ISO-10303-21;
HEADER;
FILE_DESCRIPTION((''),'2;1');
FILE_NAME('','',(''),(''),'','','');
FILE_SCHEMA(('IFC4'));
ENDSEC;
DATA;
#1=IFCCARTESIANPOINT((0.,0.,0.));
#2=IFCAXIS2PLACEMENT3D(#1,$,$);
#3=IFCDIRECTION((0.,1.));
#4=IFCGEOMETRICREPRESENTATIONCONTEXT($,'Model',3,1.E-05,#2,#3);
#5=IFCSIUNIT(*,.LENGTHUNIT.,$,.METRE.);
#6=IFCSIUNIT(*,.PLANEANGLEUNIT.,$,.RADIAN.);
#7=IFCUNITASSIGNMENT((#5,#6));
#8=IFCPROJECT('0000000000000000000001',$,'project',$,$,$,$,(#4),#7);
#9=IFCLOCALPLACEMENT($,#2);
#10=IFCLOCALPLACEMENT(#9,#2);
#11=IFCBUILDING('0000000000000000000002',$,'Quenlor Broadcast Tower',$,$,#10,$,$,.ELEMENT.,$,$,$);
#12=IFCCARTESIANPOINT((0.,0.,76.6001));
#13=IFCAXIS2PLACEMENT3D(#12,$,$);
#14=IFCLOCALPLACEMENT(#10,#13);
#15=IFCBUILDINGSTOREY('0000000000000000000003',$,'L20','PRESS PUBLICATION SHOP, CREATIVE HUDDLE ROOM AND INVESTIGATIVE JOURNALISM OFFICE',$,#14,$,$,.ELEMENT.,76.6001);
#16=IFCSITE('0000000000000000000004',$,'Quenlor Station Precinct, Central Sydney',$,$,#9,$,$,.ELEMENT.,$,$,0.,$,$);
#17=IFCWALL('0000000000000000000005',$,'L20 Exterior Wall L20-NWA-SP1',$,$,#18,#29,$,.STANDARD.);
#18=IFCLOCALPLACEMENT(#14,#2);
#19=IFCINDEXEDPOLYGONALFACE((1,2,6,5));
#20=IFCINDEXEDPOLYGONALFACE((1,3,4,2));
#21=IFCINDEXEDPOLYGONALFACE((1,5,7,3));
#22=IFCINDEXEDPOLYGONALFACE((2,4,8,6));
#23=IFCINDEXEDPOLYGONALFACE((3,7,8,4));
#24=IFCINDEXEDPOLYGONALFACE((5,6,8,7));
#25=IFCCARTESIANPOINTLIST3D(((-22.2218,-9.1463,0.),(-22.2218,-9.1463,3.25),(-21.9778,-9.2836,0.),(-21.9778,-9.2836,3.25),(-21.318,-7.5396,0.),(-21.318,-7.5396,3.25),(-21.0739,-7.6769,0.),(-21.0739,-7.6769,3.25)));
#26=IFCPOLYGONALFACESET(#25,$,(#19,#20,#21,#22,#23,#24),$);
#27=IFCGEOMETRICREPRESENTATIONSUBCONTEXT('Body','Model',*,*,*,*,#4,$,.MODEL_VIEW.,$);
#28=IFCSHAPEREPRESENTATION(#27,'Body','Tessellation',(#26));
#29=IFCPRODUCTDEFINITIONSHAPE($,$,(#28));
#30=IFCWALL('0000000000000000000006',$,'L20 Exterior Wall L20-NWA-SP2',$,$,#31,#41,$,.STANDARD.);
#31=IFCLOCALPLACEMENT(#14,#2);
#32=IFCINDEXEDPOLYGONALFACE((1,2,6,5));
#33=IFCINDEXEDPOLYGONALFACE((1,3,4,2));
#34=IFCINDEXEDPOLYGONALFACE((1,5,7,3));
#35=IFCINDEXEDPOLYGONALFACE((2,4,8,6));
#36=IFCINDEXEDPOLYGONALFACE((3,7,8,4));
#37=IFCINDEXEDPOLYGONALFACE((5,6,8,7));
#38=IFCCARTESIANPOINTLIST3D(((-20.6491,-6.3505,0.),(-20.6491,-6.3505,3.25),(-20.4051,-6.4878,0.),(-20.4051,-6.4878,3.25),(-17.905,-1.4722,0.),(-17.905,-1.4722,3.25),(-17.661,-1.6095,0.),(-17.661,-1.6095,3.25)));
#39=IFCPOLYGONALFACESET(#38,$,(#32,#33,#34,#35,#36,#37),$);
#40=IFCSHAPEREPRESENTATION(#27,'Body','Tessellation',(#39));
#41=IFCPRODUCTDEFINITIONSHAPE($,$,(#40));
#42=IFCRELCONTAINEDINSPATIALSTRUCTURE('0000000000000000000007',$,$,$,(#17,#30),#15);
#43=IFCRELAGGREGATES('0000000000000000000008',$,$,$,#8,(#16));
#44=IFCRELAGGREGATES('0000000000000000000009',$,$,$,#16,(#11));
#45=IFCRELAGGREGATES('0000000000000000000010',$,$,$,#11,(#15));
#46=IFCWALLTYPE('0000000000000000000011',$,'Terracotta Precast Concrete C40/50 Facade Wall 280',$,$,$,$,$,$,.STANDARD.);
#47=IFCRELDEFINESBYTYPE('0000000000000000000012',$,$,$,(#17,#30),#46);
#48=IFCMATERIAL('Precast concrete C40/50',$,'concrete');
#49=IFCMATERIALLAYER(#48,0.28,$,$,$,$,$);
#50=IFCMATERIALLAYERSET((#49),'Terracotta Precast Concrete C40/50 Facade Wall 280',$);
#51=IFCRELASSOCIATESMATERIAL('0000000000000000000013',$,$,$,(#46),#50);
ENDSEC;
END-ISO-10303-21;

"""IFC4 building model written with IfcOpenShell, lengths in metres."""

from ifc_helpers import new_model, si_unit, direction, frame, frame_2d, origin, place, context, subcontext, project, spatial, rectangle, extrude, material, layer, layer_set, type_object, element, save


model = new_model("IFC4")

# Units and contexts
model_context = context("Model", 3, precision=1e-05, world=origin(), true_north=direction((0.0, 1.0)))
body_context = subcontext(model_context, "Body", "Model", "MODEL_VIEW")
ifc_project = project(units=[si_unit("LENGTHUNIT", "METRE"), si_unit("PLANEANGLEUNIT", "RADIAN")], contexts=[model_context])

# Site, building, storey
site_placement = place(None, origin())
site = spatial("IfcSite", under=ifc_project, at=site_placement, Name="Quenlor Station Precinct, Central Sydney", CompositionType="ELEMENT", RefElevation=0.0)
building_placement = place(site_placement, origin())
building = spatial("IfcBuilding", under=site, at=building_placement, Name="Quenlor Broadcast Tower", CompositionType="ELEMENT")
storey_placement = place(building_placement, frame((0.0, 0.0, 76.6001)))
storey = spatial("IfcBuildingStorey", under=building, at=storey_placement, Name="L20", Description="PRESS PUBLICATION SHOP, CREATIVE HUDDLE ROOM AND INVESTIGATIVE JOURNALISM OFFICE", CompositionType="ELEMENT", Elevation=76.6001)

# Walls
ifc_material_1 = material(Name="Precast concrete C40/50", Category="concrete")
ifc_layer_1 = layer(ifc_material_1, 0.28)
ifc_layer_set_1 = layer_set([ifc_layer_1], Name="Terracotta Precast Concrete C40/50 Facade Wall 280")
wall_type_1 = type_object("IfcWallType", Name="Terracotta Precast Concrete C40/50 Facade Wall 280", PredefinedType="STANDARD", material=ifc_layer_set_1)
wall_1_placement = place(storey_placement, frame((-22.0999, -9.2151, 0.0), z_axis=(0.0, 0.0, 1.0), x_axis=(0.49028, 0.871565, 0.0)))
element("IfcWall", 1, at=wall_1_placement, inside=storey, type_object=wall_type_1, Name="L20 Exterior Wall L20-NWA-SP1", PredefinedType="STANDARD", context=body_context, shape_type="SweptSolid", body=[
    extrude(rectangle(XDim=1.8435, YDim=0.28, at=frame_2d((0.9219, 0.0))), origin(), (0.0, 0.0, 1.0), 3.25),
])
wall_2_placement = place(storey_placement, frame((-20.5271, -6.4192, 0.0), z_axis=(0.0, 0.0, 1.0), x_axis=(0.490265, 0.871573, 0.0)))
element("IfcWall", 2, at=wall_2_placement, inside=storey, type_object=wall_type_1, Name="L20 Exterior Wall L20-NWA-SP2", PredefinedType="STANDARD", context=body_context, shape_type="SweptSolid", body=[
    extrude(rectangle(XDim=5.5972, YDim=0.28, at=frame_2d((2.7986, 0.0))), origin(), (0.0, 0.0, 1.0), 3.25),
])

save(model, "model.ifc")
